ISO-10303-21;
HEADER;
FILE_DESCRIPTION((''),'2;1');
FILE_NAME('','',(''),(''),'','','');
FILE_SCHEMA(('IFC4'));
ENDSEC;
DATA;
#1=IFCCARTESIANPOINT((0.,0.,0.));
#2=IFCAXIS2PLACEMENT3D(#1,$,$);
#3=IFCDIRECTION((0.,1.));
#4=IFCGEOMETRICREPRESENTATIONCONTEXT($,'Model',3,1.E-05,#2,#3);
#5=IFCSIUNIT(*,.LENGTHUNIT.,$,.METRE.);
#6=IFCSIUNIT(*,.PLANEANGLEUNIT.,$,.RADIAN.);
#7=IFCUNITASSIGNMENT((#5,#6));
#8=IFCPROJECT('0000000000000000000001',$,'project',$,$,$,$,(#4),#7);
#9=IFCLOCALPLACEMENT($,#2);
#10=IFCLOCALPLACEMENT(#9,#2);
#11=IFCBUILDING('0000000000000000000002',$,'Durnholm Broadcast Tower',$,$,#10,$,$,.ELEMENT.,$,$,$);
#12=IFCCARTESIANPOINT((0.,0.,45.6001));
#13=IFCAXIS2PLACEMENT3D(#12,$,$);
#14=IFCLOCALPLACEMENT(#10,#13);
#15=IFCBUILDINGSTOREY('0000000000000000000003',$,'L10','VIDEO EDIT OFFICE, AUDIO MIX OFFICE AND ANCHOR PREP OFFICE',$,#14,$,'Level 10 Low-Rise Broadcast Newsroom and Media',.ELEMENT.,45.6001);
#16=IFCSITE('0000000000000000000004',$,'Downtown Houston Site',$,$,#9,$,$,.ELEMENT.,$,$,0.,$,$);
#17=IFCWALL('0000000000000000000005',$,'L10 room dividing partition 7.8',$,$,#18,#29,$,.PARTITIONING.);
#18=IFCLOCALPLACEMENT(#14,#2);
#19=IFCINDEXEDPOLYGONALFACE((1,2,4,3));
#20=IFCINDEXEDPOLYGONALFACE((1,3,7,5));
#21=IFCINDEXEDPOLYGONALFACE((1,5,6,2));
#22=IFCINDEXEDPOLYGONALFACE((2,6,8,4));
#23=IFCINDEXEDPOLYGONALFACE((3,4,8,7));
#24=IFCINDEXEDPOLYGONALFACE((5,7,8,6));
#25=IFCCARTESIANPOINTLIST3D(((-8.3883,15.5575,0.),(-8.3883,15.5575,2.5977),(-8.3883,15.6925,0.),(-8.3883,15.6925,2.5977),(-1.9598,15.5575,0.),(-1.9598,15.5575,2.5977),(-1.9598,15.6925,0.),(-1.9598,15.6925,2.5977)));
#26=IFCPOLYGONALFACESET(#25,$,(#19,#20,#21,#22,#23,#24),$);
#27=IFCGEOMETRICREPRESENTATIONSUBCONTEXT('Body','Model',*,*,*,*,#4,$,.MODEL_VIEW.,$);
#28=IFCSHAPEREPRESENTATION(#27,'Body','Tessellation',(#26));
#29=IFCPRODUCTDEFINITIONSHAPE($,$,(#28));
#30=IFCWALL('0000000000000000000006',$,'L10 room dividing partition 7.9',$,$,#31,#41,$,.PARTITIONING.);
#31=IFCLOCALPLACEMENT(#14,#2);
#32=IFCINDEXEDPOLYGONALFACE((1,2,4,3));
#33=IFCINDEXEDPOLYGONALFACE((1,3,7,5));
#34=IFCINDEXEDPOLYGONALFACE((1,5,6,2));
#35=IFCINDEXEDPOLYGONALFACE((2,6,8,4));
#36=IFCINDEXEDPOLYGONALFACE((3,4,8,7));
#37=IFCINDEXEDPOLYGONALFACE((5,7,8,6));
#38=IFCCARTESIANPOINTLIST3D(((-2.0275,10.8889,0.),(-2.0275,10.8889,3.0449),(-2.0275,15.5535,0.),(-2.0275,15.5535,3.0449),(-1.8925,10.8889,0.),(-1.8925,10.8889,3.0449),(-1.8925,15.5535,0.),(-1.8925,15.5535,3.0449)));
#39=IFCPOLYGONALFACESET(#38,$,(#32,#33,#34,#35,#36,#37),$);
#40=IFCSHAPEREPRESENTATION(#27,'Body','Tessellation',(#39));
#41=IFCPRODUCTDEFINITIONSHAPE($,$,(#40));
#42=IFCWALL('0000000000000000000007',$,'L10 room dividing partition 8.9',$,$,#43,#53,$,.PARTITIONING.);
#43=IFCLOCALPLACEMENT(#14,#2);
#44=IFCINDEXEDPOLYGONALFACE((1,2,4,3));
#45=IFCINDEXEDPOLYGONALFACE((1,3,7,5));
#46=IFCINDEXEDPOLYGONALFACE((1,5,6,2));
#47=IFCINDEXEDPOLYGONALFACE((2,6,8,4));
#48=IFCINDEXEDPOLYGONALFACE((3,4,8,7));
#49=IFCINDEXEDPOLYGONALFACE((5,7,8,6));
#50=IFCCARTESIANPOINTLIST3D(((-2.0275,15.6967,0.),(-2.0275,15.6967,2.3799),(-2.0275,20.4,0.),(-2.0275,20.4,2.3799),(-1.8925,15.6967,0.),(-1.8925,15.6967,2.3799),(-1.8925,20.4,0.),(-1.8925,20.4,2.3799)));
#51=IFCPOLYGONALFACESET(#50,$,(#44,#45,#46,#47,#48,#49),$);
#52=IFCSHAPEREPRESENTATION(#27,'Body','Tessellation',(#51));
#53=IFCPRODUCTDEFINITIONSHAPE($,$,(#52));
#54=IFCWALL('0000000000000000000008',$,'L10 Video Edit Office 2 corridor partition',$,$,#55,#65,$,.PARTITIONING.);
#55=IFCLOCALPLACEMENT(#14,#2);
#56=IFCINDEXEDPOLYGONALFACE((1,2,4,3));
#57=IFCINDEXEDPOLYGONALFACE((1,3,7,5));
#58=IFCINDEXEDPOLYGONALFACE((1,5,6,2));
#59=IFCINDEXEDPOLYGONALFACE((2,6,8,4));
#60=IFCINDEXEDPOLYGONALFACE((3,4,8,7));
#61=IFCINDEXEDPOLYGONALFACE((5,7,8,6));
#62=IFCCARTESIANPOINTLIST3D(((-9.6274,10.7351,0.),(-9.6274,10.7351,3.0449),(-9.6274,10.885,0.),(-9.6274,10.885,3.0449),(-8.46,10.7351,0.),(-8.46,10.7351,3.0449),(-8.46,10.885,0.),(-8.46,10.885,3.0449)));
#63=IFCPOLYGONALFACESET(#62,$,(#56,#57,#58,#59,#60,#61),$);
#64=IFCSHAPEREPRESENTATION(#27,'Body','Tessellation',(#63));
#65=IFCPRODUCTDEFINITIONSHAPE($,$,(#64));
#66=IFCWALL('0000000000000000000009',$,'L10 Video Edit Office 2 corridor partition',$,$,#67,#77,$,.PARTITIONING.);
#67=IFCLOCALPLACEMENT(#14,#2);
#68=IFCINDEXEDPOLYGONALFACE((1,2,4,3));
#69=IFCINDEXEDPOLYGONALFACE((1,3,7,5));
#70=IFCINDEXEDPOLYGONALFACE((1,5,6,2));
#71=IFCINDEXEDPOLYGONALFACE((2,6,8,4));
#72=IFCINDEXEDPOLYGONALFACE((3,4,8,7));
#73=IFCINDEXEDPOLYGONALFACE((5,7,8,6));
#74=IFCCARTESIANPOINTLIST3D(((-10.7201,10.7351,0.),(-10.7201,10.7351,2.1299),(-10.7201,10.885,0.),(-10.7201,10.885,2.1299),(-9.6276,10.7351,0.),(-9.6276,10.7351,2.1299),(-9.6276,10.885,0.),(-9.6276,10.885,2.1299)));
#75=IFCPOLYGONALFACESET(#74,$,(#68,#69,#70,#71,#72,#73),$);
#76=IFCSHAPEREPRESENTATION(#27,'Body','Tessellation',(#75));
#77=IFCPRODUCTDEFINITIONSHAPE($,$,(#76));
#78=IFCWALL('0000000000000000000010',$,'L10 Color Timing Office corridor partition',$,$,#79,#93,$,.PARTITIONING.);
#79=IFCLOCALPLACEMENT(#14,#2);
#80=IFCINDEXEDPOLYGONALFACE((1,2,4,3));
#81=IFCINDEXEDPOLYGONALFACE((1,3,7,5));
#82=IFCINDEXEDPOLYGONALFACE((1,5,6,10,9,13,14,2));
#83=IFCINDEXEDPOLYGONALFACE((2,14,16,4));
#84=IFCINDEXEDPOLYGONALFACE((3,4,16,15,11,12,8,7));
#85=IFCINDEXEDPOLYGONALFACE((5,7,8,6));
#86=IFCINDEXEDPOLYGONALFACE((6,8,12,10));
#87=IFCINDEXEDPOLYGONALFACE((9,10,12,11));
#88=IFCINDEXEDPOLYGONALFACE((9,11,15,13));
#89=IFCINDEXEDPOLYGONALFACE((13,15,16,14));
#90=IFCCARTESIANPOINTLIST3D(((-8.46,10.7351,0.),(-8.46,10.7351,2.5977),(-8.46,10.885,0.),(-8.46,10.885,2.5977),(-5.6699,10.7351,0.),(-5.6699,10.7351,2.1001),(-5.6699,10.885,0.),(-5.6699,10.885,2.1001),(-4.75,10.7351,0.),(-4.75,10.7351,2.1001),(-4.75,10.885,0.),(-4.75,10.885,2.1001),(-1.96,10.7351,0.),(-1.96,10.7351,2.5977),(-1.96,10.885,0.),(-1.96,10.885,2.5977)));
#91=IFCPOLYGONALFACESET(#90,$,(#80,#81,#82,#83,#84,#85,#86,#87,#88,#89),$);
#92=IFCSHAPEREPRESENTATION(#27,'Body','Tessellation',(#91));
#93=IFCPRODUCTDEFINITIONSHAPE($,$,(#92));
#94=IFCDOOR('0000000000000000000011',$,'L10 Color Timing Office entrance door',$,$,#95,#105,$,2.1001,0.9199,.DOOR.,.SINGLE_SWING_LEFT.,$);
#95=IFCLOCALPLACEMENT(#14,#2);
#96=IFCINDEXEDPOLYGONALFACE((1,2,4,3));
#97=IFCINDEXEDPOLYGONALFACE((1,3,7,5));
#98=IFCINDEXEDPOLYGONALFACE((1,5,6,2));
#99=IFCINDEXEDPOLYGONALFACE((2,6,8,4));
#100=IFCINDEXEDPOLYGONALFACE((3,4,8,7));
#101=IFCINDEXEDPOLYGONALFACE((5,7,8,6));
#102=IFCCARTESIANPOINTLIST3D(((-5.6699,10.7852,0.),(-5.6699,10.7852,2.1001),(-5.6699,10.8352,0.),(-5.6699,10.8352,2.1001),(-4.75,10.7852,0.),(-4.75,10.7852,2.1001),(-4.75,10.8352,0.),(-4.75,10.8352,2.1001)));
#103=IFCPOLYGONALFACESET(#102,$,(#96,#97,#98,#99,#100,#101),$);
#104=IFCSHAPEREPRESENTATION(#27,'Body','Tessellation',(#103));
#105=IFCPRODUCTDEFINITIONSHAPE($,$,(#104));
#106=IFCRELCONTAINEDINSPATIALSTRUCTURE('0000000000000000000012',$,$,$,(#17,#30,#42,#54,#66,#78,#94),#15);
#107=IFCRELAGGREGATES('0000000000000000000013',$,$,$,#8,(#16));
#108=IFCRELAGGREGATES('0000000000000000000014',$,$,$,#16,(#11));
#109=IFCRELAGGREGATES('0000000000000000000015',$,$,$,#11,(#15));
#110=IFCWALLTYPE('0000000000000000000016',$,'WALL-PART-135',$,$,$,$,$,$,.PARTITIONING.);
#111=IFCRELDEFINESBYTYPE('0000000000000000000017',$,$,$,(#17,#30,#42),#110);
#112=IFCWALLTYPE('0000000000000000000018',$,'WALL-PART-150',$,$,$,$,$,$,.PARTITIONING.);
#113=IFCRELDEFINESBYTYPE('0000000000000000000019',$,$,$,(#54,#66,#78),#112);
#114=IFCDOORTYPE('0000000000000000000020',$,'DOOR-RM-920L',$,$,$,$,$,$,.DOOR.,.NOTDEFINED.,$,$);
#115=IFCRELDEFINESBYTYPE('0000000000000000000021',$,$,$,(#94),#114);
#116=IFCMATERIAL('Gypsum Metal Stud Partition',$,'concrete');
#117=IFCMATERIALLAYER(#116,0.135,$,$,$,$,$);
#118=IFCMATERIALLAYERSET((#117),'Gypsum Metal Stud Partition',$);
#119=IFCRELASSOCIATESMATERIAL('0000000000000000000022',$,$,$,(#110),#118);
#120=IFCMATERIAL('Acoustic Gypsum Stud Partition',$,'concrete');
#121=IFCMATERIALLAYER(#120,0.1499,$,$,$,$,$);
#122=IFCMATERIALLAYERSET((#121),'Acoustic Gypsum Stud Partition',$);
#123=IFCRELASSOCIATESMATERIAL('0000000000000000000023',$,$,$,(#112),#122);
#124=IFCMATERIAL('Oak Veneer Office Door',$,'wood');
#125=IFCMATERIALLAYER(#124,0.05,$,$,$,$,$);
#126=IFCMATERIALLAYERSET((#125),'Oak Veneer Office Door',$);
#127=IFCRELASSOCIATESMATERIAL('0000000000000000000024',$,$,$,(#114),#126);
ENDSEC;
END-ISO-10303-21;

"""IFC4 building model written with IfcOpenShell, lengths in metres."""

from ifc_helpers import new_model, si_unit, direction, frame, frame_2d, origin, place, context, subcontext, project, spatial, rectangle, extrude, source, transform, mapped, material, layer, layer_set, type_object, type_shapes, element, fill, save


model = new_model("IFC4")

# Units and contexts
model_context = context("Model", 3, precision=1e-05, world=origin(), true_north=direction((0.0, 1.0)))
body_context = subcontext(model_context, "Body", "Model", "MODEL_VIEW")
ifc_project = project(units=[si_unit("LENGTHUNIT", "METRE"), si_unit("PLANEANGLEUNIT", "RADIAN")], contexts=[model_context])

# Site, building, storey
site_placement = place(None, origin())
site = spatial("IfcSite", under=ifc_project, at=site_placement, Name="Downtown Houston Site", CompositionType="ELEMENT", RefElevation=0.0)
building_placement = place(site_placement, origin())
building = spatial("IfcBuilding", under=site, at=building_placement, Name="Durnholm Broadcast Tower", CompositionType="ELEMENT")
storey_placement = place(building_placement, frame((0.0, 0.0, 45.6001)))
storey = spatial("IfcBuildingStorey", under=building, at=storey_placement, Name="L10", Description="VIDEO EDIT OFFICE, AUDIO MIX OFFICE AND ANCHOR PREP OFFICE", LongName="Level 10 Low-Rise Broadcast Newsroom and Media", CompositionType="ELEMENT", Elevation=45.6001)

# Shared definitions
ifc_material_1 = material(Name="Gypsum Metal Stud Partition", Category="concrete")
ifc_layer_1 = layer(ifc_material_1, 0.135)
ifc_layer_set_1 = layer_set([ifc_layer_1], Name="Gypsum Metal Stud Partition")
wall_type_1 = type_object("IfcWallType", Name="WALL-PART-135", PredefinedType="PARTITIONING", material=ifc_layer_set_1)

# Walls
wall_1_placement = place(storey_placement, frame((-8.3884, 15.625, 0.0), z_axis=(0.0, 0.0, 1.0), x_axis=(1.0, 0.0, 0.0)))
element("IfcWall", 1, at=wall_1_placement, inside=storey, type_object=wall_type_1, Name="L10 room dividing partition 7.8", PredefinedType="PARTITIONING", context=body_context, shape_type="SweptSolid", body=[
    extrude(rectangle(XDim=6.4285, YDim=0.135, at=frame_2d((3.2144, 0.0))), origin(), (0.0, 0.0, 1.0), 2.5977),
])
wall_2_placement = place(storey_placement, frame((-1.96, 15.5535, 0.0), z_axis=(0.0, 0.0, 1.0), x_axis=(0.0, -1.0, 0.0)))
element("IfcWall", 2, at=wall_2_placement, inside=storey, type_object=wall_type_1, Name="L10 room dividing partition 7.9", PredefinedType="PARTITIONING", context=body_context, shape_type="SweptSolid", body=[
    extrude(rectangle(XDim=4.6646, YDim=0.135, at=frame_2d((2.3323, 0.0))), origin(), (0.0, 0.0, 1.0), 3.0449),
])
wall_3_placement = place(storey_placement, frame((-1.96, 20.3999, 0.0), z_axis=(0.0, 0.0, 1.0), x_axis=(0.0, -1.0, 0.0)))
element("IfcWall", 3, at=wall_3_placement, inside=storey, type_object=wall_type_1, Name="L10 room dividing partition 8.9", PredefinedType="PARTITIONING", context=body_context, shape_type="SweptSolid", body=[
    extrude(rectangle(XDim=4.7034, YDim=0.135, at=frame_2d((2.3516, 0.0))), origin(), (0.0, 0.0, 1.0), 2.3799),
])
ifc_material_2 = material(Name="Acoustic Gypsum Stud Partition", Category="concrete")
ifc_layer_2 = layer(ifc_material_2, 0.1499)
ifc_layer_set_2 = layer_set([ifc_layer_2], Name="Acoustic Gypsum Stud Partition")
wall_type_2 = type_object("IfcWallType", Name="WALL-PART-150", PredefinedType="PARTITIONING", material=ifc_layer_set_2)
wall_4_placement = place(storey_placement, frame((-8.46, 10.8101, 0.0), z_axis=(0.0, 0.0, 1.0), x_axis=(-1.0, 0.0, 0.0)))
element("IfcWall", 4, at=wall_4_placement, inside=storey, type_object=wall_type_2, Name="L10 Video Edit Office 2 corridor partition", PredefinedType="PARTITIONING", context=body_context, shape_type="SweptSolid", body=[
    extrude(rectangle(XDim=1.1675, YDim=0.1499, at=frame_2d((0.5837, 0.0))), origin(), (0.0, 0.0, 1.0), 3.0449),
])
wall_5_placement = place(storey_placement, frame((-9.6274, 10.8101, 0.0), z_axis=(0.0, 0.0, 1.0), x_axis=(-1.0, 0.0, 0.0)))
element("IfcWall", 5, at=wall_5_placement, inside=storey, type_object=wall_type_2, Name="L10 Video Edit Office 2 corridor partition", PredefinedType="PARTITIONING", context=body_context, shape_type="SweptSolid", body=[
    extrude(rectangle(XDim=1.0925, YDim=0.1499, at=frame_2d((0.5464, 0.0))), origin(), (0.0, 0.0, 1.0), 2.1299),
])

# Wall, opening, door
wall_6_placement = place(storey_placement, frame((-1.96, 10.8101, 0.0), z_axis=(0.0, 0.0, 1.0), x_axis=(-1.0, 0.0, 0.0)))
wall_6 = element("IfcWall", 6, at=wall_6_placement, inside=storey, type_object=wall_type_2, Name="L10 Color Timing Office corridor partition", PredefinedType="PARTITIONING", context=body_context, shape_type="SweptSolid", body=[
    extrude(rectangle(XDim=6.5, YDim=0.1499, at=frame_2d((3.25, 0.0))), origin(), (0.0, 0.0, 1.0), 2.5977),
])
opening_1_placement = place(wall_6_placement, frame((2.79, 0.0, 0.0)))
opening_1 = element("IfcOpeningElement", 7, at=opening_1_placement, cuts=wall_6, PredefinedType="OPENING", context=body_context, shape_type="SweptSolid", body=[
    extrude(rectangle(XDim=0.9199, YDim=2.1001, at=frame_2d((0.46, 1.05))), frame((0.0, 0.085, 0.0), z_axis=(0.0, -1.0, 0.0), x_axis=(1.0, 0.0, 0.0)), (0.0, 0.0, 1.0), 0.1699),
])
ifc_material_3 = material(Name="Oak Veneer Office Door", Category="wood")
ifc_layer_3 = layer(ifc_material_3, 0.05)
ifc_layer_set_3 = layer_set([ifc_layer_3], Name="Oak Veneer Office Door")
door_type_1 = type_object("IfcDoorType", Name="DOOR-RM-920L", OperationType="NOTDEFINED", PredefinedType="DOOR", material=ifc_layer_set_3)
shared_shape_1 = source(origin(), body_context, "Body", "SweptSolid", [
    extrude(rectangle(XDim=0.9199, YDim=2.1001, at=frame_2d((0.46, 1.05))), frame((0.0, 0.0249, 0.0), z_axis=(0.0, -1.0, 0.0), x_axis=(1.0, 0.0, 0.0)), (0.0, 0.0, 1.0), 0.05),
])
type_shapes(door_type_1, [shared_shape_1])
door_1_placement = place(opening_1_placement, origin())
door_1 = element("IfcDoor", 8, at=door_1_placement, inside=storey, type_object=door_type_1, Name="L10 Color Timing Office entrance door", OperationType="SINGLE_SWING_LEFT", OverallHeight=2.1001, OverallWidth=0.9199, PredefinedType="DOOR", context=body_context, shape_type="MappedRepresentation", body=[
    mapped(shared_shape_1, transform((0.0, 0.0, 0.0), x_axis=(1.0, 0.0, 0.0), y_axis=(0.0, 1.0, 0.0), z_axis=(0.0, 0.0, 1.0), scale=1.0)),
])
fill(opening_1, door_1)

save(model, "model.ifc")
